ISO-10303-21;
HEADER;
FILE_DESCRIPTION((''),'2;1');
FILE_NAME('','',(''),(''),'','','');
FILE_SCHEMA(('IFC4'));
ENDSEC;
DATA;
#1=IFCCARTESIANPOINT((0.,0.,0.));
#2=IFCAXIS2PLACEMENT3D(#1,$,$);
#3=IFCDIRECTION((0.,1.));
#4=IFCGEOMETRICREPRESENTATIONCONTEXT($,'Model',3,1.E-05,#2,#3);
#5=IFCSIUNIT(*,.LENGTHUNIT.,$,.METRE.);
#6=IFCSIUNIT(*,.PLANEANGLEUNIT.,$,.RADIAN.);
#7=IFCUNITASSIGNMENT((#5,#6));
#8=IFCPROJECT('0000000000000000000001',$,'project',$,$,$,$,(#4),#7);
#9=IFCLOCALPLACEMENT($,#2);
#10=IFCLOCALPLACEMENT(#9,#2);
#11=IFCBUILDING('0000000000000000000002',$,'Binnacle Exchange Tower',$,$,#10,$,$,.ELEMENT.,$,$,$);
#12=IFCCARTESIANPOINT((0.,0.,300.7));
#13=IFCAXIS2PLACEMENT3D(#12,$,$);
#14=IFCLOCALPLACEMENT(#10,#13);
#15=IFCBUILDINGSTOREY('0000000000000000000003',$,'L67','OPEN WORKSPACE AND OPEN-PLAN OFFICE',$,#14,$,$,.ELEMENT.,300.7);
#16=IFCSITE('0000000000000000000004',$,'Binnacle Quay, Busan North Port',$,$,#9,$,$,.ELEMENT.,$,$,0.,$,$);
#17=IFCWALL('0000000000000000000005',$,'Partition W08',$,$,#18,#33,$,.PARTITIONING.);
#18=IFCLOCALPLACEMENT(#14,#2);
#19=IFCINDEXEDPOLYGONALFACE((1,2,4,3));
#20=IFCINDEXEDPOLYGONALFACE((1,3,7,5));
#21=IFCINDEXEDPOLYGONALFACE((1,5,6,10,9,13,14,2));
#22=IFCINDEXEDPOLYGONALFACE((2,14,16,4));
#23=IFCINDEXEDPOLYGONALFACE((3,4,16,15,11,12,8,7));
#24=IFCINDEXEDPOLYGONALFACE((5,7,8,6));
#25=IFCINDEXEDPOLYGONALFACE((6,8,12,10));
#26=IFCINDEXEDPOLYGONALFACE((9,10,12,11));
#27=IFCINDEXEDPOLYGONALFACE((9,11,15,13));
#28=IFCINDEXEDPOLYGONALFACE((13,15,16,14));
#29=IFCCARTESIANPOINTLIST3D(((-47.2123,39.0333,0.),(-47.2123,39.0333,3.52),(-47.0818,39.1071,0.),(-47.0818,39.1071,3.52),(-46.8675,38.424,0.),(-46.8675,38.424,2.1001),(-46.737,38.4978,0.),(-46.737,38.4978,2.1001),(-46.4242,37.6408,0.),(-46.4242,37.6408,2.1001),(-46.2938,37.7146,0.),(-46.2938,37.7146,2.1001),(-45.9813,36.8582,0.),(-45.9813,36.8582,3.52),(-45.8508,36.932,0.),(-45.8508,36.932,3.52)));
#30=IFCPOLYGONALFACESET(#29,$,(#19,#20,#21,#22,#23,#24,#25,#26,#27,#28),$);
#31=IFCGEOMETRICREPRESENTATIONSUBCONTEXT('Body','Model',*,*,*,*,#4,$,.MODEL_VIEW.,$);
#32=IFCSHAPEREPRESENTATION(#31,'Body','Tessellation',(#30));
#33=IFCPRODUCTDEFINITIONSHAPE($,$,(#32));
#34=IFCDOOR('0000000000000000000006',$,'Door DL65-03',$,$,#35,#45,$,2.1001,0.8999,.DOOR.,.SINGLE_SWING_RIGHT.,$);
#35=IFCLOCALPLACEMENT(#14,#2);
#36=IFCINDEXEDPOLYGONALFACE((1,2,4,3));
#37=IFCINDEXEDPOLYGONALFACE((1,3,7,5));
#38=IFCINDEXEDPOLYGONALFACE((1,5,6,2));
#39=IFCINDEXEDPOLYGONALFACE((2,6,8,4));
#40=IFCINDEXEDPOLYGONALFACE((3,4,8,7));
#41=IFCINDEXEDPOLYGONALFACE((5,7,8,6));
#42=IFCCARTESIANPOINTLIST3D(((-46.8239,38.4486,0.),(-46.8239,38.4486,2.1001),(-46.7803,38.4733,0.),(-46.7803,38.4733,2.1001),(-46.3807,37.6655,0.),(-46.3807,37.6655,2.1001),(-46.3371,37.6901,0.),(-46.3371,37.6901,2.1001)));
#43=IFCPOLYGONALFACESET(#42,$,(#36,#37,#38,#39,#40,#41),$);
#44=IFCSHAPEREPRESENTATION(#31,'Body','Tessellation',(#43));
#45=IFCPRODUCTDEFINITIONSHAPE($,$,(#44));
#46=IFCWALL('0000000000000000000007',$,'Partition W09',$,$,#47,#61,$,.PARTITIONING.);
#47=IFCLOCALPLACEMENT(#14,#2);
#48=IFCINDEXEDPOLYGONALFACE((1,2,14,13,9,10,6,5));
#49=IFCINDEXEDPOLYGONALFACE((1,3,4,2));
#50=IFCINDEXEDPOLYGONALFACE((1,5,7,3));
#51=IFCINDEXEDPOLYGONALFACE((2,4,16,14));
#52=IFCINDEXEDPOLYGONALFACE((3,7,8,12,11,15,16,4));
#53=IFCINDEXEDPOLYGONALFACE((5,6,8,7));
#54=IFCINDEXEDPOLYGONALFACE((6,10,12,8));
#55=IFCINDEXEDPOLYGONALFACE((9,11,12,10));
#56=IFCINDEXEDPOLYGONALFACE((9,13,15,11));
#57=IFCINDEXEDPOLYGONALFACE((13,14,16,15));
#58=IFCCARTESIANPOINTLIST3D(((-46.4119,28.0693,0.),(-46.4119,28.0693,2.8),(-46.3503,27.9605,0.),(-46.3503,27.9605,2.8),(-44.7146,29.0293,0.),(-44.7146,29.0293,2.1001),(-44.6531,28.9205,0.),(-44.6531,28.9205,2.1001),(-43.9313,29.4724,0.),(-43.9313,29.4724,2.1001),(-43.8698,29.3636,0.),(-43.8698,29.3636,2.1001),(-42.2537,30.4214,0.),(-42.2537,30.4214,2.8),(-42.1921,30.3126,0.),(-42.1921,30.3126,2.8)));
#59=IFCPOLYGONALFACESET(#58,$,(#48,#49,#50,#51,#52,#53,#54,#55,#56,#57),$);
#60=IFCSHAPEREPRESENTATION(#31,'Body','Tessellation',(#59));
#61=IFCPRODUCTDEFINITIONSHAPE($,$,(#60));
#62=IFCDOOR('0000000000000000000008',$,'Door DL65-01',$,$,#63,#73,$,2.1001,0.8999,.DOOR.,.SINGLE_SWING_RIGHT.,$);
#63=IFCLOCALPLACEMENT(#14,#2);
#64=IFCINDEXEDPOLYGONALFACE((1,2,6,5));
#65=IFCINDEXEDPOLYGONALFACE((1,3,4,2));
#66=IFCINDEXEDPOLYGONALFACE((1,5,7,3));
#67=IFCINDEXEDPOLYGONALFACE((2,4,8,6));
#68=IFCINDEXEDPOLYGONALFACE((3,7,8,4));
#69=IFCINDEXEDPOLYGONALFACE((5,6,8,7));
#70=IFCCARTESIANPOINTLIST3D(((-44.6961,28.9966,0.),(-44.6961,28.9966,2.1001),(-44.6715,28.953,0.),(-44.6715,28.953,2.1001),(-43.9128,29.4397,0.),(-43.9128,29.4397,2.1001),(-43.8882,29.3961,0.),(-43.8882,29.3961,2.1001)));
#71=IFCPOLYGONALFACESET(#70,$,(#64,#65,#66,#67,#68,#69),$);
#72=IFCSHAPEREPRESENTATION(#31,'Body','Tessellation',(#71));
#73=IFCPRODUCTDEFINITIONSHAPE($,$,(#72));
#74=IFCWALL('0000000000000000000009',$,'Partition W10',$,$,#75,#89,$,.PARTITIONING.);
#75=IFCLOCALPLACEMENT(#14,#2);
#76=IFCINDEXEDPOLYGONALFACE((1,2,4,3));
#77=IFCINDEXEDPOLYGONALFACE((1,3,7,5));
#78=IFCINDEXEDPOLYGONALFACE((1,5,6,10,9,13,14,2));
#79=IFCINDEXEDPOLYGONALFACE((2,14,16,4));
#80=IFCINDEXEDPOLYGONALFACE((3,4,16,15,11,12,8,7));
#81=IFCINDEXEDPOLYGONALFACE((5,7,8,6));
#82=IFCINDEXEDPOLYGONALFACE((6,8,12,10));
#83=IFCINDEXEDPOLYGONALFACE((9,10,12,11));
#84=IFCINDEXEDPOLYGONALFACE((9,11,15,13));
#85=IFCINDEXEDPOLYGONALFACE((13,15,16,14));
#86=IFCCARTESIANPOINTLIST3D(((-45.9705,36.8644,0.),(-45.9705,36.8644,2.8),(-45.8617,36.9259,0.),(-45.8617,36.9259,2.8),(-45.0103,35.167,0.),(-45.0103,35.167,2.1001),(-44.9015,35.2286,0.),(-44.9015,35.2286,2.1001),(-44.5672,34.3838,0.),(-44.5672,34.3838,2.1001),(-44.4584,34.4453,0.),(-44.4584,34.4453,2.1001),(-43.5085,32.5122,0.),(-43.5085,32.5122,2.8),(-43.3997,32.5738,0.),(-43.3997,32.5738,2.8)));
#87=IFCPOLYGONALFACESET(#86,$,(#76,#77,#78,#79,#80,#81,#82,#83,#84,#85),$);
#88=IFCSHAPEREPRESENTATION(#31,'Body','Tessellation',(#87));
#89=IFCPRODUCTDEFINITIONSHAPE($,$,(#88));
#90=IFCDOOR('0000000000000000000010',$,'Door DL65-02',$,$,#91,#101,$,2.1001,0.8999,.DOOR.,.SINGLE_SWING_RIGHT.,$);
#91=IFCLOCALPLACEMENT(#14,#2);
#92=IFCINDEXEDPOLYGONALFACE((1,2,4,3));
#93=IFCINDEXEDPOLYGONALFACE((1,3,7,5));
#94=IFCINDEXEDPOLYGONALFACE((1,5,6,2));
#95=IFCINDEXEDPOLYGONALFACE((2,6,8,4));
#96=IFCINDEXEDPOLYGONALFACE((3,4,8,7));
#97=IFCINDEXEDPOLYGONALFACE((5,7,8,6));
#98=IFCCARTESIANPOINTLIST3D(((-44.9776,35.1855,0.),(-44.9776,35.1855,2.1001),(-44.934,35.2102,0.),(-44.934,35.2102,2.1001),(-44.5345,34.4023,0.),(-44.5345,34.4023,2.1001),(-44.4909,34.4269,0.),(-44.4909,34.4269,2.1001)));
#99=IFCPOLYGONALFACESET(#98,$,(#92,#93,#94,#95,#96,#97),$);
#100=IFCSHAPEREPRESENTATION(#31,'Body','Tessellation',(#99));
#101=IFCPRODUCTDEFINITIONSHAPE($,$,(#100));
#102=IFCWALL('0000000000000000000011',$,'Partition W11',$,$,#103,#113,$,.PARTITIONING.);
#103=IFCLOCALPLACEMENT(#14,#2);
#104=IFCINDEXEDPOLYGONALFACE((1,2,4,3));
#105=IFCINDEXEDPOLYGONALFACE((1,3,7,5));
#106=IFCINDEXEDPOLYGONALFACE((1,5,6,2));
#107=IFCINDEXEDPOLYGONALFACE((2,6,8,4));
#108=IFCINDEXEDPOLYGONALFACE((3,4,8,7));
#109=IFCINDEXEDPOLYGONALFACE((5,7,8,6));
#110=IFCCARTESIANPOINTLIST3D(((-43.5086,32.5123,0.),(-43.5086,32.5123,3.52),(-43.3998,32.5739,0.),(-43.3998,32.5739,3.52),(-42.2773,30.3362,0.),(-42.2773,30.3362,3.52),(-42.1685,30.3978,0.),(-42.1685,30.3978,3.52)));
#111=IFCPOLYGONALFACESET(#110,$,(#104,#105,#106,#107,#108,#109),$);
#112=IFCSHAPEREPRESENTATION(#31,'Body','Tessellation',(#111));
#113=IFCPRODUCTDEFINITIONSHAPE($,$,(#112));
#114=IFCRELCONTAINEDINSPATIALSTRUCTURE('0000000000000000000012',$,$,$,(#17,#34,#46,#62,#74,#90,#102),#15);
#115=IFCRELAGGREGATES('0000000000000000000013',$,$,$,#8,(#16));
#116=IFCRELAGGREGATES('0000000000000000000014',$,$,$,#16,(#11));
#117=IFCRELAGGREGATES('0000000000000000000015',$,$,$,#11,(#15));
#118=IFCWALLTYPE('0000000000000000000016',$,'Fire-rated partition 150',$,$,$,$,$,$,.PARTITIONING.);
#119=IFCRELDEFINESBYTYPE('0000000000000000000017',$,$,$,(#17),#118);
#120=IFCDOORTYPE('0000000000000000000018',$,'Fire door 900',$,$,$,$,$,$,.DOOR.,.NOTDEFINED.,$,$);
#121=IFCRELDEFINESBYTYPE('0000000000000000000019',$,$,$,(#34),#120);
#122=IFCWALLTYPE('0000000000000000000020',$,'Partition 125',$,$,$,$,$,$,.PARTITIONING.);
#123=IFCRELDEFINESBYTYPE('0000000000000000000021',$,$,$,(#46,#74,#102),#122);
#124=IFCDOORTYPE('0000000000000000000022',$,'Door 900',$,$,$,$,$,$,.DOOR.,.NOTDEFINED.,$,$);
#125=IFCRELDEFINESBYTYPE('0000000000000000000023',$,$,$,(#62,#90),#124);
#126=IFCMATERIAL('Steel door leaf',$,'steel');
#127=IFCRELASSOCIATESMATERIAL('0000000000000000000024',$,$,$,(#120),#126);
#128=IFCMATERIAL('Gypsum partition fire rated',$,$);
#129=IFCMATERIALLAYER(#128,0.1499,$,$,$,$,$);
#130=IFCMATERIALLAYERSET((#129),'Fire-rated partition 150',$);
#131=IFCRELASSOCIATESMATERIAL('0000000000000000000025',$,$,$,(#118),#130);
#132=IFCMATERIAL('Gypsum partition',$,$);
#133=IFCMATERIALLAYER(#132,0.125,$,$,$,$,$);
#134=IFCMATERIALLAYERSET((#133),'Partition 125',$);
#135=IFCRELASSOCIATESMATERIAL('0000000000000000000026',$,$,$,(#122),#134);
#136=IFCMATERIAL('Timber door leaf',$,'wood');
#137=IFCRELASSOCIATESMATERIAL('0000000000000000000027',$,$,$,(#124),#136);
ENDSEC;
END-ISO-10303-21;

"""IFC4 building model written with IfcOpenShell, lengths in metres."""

from ifc_helpers import new_model, si_unit, direction, frame, frame_2d, origin, place, context, subcontext, project, spatial, rectangle, extrude, material, layer, layer_set, type_object, element, fill, save


model = new_model("IFC4")

# Units and contexts
model_context = context("Model", 3, precision=1e-05, world=origin(), true_north=direction((0.0, 1.0)))
body_context = subcontext(model_context, "Body", "Model", "MODEL_VIEW")
ifc_project = project(units=[si_unit("LENGTHUNIT", "METRE"), si_unit("PLANEANGLEUNIT", "RADIAN")], contexts=[model_context])

# Site, building, storey
site_placement = place(None, origin())
site = spatial("IfcSite", under=ifc_project, at=site_placement, Name="Binnacle Quay, Busan North Port", CompositionType="ELEMENT", RefElevation=0.0)
building_placement = place(site_placement, origin())
building = spatial("IfcBuilding", under=site, at=building_placement, Name="Binnacle Exchange Tower", CompositionType="ELEMENT")
storey_placement = place(building_placement, frame((0.0, 0.0, 300.7)))
storey = spatial("IfcBuildingStorey", under=building, at=storey_placement, Name="L67", Description="OPEN WORKSPACE AND OPEN-PLAN OFFICE", CompositionType="ELEMENT", Elevation=300.7)

# Shared definitions
ifc_material_1 = material(Name="Steel door leaf", Category="steel")
door_type_1 = type_object("IfcDoorType", Name="Fire door 900", OperationType="NOTDEFINED", PredefinedType="DOOR", material=ifc_material_1)

# Walls, openings, doors
ifc_material_2 = material(Name="Gypsum partition fire rated")
ifc_layer_1 = layer(ifc_material_2, 0.1499)
ifc_layer_set_1 = layer_set([ifc_layer_1], Name="Fire-rated partition 150")
wall_type_1 = type_object("IfcWallType", Name="Fire-rated partition 150", PredefinedType="PARTITIONING", material=ifc_layer_set_1)
wall_1_placement = place(storey_placement, frame((-47.147, 39.0701, 0.0), z_axis=(0.0, 0.0, 1.0), x_axis=(0.492537, -0.870292, 0.0)))
wall_1 = element("IfcWall", 1, at=wall_1_placement, inside=storey, type_object=wall_type_1, Name="Partition W08", PredefinedType="PARTITIONING", context=body_context, shape_type="SweptSolid", body=[
    extrude(rectangle(XDim=2.4993, YDim=0.1499, at=frame_2d((1.2495, 0.0))), origin(), (0.0, 0.0, 1.0), 3.52),
])
opening_1_placement = place(wall_1_placement, frame((0.7, 0.0, 0.0)))
opening_1 = element("IfcOpeningElement", 2, at=opening_1_placement, cuts=wall_1, PredefinedType="OPENING", context=body_context, shape_type="SweptSolid", body=[
    extrude(rectangle(XDim=0.8999, YDim=2.1001, at=frame_2d((0.45, 1.05))), frame((0.0, 0.085, 0.0), z_axis=(0.0, -1.0, 0.0), x_axis=(1.0, 0.0, 0.0)), (0.0, 0.0, 1.0), 0.1699),
])
door_1_placement = place(opening_1_placement, frame((0.8999, 0.0, 0.0), z_axis=(0.0, 0.0, 1.0), x_axis=(-1.0, 0.0, 0.0)))
door_1 = element("IfcDoor", 3, at=door_1_placement, inside=storey, type_object=door_type_1, Name="Door DL65-03", OperationType="SINGLE_SWING_RIGHT", OverallHeight=2.1001, OverallWidth=0.8999, PredefinedType="DOOR", context=body_context, shape_type="SweptSolid", body=[
    extrude(rectangle(XDim=0.8999, YDim=2.1001, at=frame_2d((0.45, 1.05))), frame((0.0, 0.0249, 0.0), z_axis=(0.0, -1.0, 0.0), x_axis=(1.0, 0.0, 0.0)), (0.0, 0.0, 1.0), 0.05),
])
fill(opening_1, door_1)
ifc_material_3 = material(Name="Gypsum partition")
ifc_layer_2 = layer(ifc_material_3, 0.125)
ifc_layer_set_2 = layer_set([ifc_layer_2], Name="Partition 125")
wall_type_2 = type_object("IfcWallType", Name="Partition 125", PredefinedType="PARTITIONING", material=ifc_layer_set_2)
wall_2_placement = place(storey_placement, frame((-46.3811, 28.0149, 0.0), z_axis=(0.0, 0.0, 1.0), x_axis=(0.870405, 0.492337, 0.0)))
wall_2 = element("IfcWall", 4, at=wall_2_placement, inside=storey, type_object=wall_type_2, Name="Partition W09", PredefinedType="PARTITIONING", context=body_context, shape_type="SweptSolid", body=[
    extrude(rectangle(XDim=4.7773, YDim=0.125, at=frame_2d((2.3887, 0.0))), origin(), (0.0, 0.0, 1.0), 2.8),
])
opening_2_placement = place(wall_2_placement, frame((1.95, 0.0, 0.0)))
opening_2 = element("IfcOpeningElement", 5, at=opening_2_placement, cuts=wall_2, PredefinedType="OPENING", context=body_context, shape_type="SweptSolid", body=[
    extrude(rectangle(XDim=0.8999, YDim=2.1001, at=frame_2d((0.45, 1.05))), frame((0.0, 0.0725, 0.0), z_axis=(0.0, -1.0, 0.0), x_axis=(1.0, 0.0, 0.0)), (0.0, 0.0, 1.0), 0.145),
])
ifc_material_4 = material(Name="Timber door leaf", Category="wood")
door_type_2 = type_object("IfcDoorType", Name="Door 900", OperationType="NOTDEFINED", PredefinedType="DOOR", material=ifc_material_4)
door_2_placement = place(opening_2_placement, origin())
door_2 = element("IfcDoor", 6, at=door_2_placement, inside=storey, type_object=door_type_2, Name="Door DL65-01", OperationType="SINGLE_SWING_RIGHT", OverallHeight=2.1001, OverallWidth=0.8999, PredefinedType="DOOR", context=body_context, shape_type="SweptSolid", body=[
    extrude(rectangle(XDim=0.8999, YDim=2.1001, at=frame_2d((0.45, 1.05))), frame((0.0, 0.0249, 0.0), z_axis=(0.0, -1.0, 0.0), x_axis=(1.0, 0.0, 0.0)), (0.0, 0.0, 1.0), 0.05),
])
fill(opening_2, door_2)
wall_3_placement = place(storey_placement, frame((-45.916, 36.895, 0.0), z_axis=(0.0, 0.0, 1.0), x_axis=(0.492369, -0.870386, 0.0)))
wall_3 = element("IfcWall", 7, at=wall_3_placement, inside=storey, type_object=wall_type_2, Name="Partition W10", PredefinedType="PARTITIONING", context=body_context, shape_type="SweptSolid", body=[
    extrude(rectangle(XDim=5.0002, YDim=0.125, at=frame_2d((2.5, 0.0))), origin(), (0.0, 0.0, 1.0), 2.8),
])
opening_3_placement = place(wall_3_placement, frame((1.95, 0.0, 0.0)))
opening_3 = element("IfcOpeningElement", 8, at=opening_3_placement, cuts=wall_3, PredefinedType="OPENING", context=body_context, shape_type="SweptSolid", body=[
    extrude(rectangle(XDim=0.8999, YDim=2.1001, at=frame_2d((0.45, 1.05))), frame((0.0, 0.0725, 0.0), z_axis=(0.0, -1.0, 0.0), x_axis=(1.0, 0.0, 0.0)), (0.0, 0.0, 1.0), 0.145),
])
door_3_placement = place(opening_3_placement, frame((0.8999, 0.0, 0.0), z_axis=(0.0, 0.0, 1.0), x_axis=(-1.0, 0.0, 0.0)))
door_3 = element("IfcDoor", 9, at=door_3_placement, inside=storey, type_object=door_type_2, Name="Door DL65-02", OperationType="SINGLE_SWING_RIGHT", OverallHeight=2.1001, OverallWidth=0.8999, PredefinedType="DOOR", context=body_context, shape_type="SweptSolid", body=[
    extrude(rectangle(XDim=0.8999, YDim=2.1001, at=frame_2d((0.45, 1.05))), frame((0.0, 0.0249, 0.0), z_axis=(0.0, -1.0, 0.0), x_axis=(1.0, 0.0, 0.0)), (0.0, 0.0, 1.0), 0.05),
])
fill(opening_3, door_3)

# Wall
wall_4_placement = place(storey_placement, frame((-43.4541, 32.543, 0.0), z_axis=(0.0, 0.0, 1.0), x_axis=(0.492443, -0.870345, 0.0)))
element("IfcWall", 10, at=wall_4_placement, inside=storey, type_object=wall_type_2, Name="Partition W11", PredefinedType="PARTITIONING", context=body_context, shape_type="SweptSolid", body=[
    extrude(rectangle(XDim=2.5002, YDim=0.125, at=frame_2d((1.25, 0.0))), origin(), (0.0, 0.0, 1.0), 3.52),
])

save(model, "model.ifc")
